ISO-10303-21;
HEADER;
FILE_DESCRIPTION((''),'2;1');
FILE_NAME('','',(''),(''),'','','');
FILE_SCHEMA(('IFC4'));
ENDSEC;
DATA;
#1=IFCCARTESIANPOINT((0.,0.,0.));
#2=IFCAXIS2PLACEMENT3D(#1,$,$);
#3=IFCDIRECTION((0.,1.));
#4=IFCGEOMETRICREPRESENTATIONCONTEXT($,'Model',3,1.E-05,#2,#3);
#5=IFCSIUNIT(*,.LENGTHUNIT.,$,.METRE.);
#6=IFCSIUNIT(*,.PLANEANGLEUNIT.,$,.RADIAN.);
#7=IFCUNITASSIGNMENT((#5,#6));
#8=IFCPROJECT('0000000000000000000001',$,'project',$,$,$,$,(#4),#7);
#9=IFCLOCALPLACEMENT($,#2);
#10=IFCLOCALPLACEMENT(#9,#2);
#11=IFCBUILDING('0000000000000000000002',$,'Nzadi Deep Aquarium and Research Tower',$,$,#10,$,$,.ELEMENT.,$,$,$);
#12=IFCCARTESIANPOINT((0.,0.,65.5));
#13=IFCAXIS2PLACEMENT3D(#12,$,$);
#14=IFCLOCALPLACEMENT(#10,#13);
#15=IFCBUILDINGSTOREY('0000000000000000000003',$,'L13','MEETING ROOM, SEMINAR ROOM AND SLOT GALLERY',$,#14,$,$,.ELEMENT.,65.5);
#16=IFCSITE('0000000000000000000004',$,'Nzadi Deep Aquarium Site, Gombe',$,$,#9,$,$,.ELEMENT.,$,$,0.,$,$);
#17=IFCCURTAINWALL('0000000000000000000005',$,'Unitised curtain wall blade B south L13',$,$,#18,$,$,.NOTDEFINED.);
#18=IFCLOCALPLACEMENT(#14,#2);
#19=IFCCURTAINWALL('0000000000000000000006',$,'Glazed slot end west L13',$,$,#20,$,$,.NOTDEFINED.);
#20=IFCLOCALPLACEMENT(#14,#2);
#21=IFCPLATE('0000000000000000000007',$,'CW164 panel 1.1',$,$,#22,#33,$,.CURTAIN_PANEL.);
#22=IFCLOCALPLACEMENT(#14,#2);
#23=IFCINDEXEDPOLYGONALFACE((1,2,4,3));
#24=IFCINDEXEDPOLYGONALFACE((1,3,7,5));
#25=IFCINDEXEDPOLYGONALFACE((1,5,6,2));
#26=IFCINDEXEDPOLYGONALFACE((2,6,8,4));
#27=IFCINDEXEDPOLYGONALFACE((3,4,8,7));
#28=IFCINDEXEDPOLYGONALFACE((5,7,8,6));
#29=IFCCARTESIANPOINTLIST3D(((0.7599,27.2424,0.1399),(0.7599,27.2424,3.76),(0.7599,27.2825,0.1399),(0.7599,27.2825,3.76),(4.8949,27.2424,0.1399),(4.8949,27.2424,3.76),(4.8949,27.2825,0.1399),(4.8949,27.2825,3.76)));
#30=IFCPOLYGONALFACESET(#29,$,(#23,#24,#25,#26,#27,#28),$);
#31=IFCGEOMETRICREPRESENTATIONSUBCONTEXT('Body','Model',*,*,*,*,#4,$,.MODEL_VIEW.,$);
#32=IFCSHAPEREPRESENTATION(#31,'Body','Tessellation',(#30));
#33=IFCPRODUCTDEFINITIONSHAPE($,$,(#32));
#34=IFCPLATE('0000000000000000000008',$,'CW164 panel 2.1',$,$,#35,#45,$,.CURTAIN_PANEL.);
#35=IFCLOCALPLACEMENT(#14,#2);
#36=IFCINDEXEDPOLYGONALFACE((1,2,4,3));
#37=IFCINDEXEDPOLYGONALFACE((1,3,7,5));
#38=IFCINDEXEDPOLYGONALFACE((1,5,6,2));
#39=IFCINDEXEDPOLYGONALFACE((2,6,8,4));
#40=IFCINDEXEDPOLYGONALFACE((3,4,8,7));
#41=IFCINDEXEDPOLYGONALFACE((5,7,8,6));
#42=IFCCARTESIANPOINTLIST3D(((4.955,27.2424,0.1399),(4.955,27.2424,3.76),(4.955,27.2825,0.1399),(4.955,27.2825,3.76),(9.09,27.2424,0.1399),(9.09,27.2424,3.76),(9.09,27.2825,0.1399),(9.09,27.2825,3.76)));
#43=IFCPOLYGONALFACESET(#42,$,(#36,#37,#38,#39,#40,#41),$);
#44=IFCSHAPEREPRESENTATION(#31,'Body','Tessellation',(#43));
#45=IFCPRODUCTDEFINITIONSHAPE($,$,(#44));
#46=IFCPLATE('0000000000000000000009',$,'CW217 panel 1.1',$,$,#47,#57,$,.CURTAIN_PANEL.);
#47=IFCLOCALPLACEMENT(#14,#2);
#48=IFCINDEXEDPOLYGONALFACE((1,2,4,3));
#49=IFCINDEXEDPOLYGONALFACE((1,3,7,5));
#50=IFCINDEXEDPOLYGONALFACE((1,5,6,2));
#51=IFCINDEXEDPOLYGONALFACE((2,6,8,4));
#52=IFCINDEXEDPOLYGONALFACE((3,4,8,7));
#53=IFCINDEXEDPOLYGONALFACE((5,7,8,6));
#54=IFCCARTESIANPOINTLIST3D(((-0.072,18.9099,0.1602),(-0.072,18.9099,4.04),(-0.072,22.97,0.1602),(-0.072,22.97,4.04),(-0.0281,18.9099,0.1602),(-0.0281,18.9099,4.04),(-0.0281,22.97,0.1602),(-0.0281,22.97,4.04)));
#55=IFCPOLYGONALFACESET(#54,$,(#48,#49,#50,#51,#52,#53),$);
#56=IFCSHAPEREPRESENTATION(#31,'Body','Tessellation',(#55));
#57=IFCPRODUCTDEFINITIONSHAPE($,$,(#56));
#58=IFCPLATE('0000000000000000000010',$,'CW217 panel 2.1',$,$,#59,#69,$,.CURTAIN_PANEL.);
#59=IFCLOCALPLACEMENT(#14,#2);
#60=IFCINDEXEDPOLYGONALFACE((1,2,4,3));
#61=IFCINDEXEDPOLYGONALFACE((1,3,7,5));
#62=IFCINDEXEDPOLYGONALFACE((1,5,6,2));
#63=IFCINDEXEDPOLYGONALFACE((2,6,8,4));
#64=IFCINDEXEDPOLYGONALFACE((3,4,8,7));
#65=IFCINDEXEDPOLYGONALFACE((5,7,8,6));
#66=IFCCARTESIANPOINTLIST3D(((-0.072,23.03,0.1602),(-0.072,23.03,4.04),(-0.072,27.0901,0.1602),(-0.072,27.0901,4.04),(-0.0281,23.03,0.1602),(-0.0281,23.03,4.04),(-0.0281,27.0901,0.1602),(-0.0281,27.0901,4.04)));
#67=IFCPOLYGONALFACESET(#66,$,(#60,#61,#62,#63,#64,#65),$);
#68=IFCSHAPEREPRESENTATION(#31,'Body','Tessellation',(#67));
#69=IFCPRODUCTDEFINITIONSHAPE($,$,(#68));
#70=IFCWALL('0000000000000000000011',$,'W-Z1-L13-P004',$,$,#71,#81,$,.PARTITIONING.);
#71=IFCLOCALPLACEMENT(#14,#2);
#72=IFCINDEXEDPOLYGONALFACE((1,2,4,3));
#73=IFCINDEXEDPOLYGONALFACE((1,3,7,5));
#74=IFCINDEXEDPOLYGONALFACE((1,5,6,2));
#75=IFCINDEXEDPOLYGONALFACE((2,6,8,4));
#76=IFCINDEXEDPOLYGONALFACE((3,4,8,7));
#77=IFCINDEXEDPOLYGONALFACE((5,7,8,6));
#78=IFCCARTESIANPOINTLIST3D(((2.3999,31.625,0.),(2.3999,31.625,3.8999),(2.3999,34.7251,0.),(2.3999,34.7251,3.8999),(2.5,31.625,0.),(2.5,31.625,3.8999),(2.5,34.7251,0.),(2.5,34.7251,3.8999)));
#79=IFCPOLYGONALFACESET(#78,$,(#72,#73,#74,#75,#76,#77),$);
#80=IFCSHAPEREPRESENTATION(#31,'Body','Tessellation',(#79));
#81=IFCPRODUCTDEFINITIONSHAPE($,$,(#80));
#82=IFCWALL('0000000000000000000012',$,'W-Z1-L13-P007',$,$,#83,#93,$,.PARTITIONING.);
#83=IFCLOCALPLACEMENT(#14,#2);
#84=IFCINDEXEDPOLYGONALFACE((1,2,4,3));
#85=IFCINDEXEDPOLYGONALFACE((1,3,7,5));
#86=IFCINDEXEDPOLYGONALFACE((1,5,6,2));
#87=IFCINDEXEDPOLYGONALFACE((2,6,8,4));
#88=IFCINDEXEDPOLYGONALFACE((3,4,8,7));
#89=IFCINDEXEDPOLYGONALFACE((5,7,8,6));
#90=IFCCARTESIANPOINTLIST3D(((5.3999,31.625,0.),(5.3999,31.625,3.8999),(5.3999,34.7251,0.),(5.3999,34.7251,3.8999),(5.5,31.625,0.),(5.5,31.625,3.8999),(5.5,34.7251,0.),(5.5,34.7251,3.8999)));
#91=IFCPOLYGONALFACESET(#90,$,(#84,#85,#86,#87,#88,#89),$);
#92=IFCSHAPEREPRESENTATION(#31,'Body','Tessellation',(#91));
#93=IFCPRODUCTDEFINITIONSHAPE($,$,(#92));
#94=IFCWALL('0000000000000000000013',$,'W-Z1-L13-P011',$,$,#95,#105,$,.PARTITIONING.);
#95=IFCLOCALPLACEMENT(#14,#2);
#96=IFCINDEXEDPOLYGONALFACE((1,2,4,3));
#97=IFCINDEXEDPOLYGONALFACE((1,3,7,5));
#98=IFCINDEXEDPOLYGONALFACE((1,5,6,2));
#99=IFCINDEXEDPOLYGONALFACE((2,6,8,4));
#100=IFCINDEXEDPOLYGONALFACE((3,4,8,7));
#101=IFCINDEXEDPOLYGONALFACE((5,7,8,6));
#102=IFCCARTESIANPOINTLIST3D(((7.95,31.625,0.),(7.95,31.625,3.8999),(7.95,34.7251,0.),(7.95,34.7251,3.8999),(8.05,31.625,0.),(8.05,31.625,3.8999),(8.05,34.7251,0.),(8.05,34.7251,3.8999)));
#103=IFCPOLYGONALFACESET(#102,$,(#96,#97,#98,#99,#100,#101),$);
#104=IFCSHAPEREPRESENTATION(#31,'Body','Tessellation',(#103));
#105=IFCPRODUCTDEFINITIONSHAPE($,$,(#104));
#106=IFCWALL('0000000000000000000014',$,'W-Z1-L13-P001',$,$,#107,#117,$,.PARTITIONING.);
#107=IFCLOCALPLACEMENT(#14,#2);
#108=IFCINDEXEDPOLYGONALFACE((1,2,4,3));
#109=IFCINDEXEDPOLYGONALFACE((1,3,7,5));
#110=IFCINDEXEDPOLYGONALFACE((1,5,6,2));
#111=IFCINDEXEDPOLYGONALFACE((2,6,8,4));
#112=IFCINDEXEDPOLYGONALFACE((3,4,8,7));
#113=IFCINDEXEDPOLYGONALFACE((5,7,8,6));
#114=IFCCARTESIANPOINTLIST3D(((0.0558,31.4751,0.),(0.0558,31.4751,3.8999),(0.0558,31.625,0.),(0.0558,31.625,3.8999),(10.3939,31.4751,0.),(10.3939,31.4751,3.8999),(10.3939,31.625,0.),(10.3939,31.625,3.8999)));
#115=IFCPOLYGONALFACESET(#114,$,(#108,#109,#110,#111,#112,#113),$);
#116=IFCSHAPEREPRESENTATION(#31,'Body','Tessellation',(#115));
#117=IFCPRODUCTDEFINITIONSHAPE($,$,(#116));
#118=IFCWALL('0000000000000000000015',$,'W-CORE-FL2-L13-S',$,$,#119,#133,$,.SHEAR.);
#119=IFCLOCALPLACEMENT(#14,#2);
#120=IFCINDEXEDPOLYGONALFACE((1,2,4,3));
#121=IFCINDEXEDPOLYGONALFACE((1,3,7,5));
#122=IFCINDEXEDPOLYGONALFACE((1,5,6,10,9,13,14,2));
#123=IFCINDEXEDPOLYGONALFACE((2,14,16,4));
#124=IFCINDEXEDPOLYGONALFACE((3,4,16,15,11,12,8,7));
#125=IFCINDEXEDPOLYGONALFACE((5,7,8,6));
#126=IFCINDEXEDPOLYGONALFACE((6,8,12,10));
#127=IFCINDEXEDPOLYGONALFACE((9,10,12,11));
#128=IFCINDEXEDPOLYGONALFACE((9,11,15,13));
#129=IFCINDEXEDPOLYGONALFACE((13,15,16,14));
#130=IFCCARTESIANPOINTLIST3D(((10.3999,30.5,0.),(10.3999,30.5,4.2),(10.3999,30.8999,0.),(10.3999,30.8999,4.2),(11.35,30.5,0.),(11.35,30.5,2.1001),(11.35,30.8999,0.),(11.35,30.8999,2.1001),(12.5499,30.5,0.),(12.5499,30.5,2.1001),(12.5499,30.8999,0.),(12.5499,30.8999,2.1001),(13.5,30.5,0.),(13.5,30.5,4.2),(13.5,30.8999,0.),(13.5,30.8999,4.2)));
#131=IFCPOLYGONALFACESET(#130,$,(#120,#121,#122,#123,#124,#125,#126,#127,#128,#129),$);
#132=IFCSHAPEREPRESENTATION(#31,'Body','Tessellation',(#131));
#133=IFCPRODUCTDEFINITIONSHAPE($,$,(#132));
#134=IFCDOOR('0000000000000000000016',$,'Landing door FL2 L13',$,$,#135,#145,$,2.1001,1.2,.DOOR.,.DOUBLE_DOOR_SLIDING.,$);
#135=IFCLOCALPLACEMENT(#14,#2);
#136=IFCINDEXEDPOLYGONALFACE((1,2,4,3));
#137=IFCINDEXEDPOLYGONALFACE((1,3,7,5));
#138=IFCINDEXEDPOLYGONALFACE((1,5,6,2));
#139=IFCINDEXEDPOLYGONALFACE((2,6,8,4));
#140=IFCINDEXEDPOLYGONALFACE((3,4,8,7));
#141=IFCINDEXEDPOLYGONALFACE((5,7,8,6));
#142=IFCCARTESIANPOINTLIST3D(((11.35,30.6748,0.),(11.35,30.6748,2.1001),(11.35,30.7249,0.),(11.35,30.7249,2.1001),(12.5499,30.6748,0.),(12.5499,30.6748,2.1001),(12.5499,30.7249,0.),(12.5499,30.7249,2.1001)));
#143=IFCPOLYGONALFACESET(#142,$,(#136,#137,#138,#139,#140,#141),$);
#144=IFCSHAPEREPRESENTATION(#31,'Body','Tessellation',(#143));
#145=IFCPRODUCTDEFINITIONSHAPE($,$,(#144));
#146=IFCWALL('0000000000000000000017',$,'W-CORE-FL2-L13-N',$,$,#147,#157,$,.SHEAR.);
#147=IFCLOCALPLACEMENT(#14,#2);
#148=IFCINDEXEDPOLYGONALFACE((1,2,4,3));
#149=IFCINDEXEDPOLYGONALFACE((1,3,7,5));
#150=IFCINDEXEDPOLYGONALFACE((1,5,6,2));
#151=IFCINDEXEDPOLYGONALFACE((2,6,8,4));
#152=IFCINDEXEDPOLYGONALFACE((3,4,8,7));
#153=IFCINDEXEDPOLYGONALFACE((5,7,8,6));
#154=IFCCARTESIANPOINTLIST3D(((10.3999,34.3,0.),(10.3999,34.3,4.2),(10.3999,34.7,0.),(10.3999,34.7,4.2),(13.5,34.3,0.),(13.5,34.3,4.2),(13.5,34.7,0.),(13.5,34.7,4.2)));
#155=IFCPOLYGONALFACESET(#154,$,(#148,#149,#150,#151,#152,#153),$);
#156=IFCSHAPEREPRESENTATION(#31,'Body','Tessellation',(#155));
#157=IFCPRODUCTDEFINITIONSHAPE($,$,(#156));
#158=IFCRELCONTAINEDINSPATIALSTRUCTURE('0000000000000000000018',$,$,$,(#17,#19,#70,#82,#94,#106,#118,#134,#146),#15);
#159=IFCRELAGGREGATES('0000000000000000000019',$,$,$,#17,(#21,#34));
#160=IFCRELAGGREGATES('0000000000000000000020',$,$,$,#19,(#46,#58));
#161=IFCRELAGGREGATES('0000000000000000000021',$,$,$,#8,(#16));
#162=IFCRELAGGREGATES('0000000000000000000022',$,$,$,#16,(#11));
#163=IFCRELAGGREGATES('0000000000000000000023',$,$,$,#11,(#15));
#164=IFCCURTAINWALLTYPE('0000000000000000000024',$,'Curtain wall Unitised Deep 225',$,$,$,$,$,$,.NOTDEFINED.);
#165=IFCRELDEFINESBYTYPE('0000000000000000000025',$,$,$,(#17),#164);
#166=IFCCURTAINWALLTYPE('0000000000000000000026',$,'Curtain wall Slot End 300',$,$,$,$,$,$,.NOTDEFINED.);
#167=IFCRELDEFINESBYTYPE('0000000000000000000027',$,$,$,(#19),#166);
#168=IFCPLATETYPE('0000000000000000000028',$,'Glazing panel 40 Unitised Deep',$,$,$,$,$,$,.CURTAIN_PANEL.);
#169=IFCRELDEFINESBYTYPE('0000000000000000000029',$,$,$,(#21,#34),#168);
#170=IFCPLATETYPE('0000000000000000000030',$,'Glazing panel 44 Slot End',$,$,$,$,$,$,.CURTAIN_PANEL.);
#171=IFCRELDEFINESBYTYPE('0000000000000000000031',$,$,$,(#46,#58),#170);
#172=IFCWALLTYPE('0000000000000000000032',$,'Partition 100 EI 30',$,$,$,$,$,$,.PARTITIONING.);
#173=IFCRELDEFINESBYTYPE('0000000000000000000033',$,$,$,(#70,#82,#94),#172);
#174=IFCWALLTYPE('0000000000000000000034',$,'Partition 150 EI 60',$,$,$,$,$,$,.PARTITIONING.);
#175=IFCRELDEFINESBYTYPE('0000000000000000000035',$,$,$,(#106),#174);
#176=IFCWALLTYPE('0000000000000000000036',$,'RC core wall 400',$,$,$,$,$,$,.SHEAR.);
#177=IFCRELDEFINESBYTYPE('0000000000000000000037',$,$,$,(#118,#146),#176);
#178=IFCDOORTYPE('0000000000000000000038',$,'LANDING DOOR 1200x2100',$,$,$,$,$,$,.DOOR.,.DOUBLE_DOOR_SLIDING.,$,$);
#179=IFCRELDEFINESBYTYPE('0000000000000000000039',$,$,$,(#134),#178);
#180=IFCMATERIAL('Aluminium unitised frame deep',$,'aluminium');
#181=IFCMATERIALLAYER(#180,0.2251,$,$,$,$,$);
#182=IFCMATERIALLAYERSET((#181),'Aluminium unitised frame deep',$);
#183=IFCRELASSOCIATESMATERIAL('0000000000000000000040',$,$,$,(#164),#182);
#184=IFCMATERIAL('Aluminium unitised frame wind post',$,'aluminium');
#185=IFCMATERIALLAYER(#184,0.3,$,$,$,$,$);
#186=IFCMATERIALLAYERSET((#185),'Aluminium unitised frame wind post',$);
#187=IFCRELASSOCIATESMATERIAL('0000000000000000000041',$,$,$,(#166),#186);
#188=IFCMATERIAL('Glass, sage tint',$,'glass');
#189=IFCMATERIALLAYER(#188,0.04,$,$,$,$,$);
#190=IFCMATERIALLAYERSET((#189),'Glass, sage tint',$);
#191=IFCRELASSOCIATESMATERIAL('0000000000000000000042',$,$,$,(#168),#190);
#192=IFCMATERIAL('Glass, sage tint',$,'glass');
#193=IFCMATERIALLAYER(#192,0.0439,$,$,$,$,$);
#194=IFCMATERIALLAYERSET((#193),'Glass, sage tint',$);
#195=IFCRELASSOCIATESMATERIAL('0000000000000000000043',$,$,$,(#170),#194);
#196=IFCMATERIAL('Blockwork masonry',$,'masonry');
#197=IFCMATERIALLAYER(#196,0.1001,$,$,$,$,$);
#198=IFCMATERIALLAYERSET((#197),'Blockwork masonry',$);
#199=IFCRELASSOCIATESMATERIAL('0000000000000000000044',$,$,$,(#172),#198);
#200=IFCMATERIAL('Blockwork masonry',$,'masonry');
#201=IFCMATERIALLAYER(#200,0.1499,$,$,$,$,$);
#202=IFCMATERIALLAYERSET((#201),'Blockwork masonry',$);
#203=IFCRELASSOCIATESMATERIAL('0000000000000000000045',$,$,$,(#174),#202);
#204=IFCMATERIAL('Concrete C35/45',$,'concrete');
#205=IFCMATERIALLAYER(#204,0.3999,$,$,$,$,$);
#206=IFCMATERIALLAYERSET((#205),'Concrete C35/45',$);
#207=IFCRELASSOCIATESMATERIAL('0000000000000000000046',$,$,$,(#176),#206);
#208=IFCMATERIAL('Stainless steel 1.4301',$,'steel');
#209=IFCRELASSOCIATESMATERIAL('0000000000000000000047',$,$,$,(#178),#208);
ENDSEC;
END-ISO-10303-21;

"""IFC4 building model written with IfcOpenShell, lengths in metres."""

from ifc_helpers import new_model, si_unit, direction, frame, frame_2d, origin, origin_2d, place, context, subcontext, project, spatial, rectangle, extrude, material, layer, layer_set, type_object, element, fill, aggregate, save


model = new_model("IFC4")

# Units and contexts
model_context = context("Model", 3, precision=1e-05, world=origin(), true_north=direction((0.0, 1.0)))
body_context = subcontext(model_context, "Body", "Model", "MODEL_VIEW")
ifc_project = project(units=[si_unit("LENGTHUNIT", "METRE"), si_unit("PLANEANGLEUNIT", "RADIAN")], contexts=[model_context])

# Site, building, storey
site_placement = place(None, origin())
site = spatial("IfcSite", under=ifc_project, at=site_placement, Name="Nzadi Deep Aquarium Site, Gombe", CompositionType="ELEMENT", RefElevation=0.0)
building_placement = place(site_placement, origin())
building = spatial("IfcBuilding", under=site, at=building_placement, Name="Nzadi Deep Aquarium and Research Tower", CompositionType="ELEMENT")
storey_placement = place(building_placement, frame((0.0, 0.0, 65.5)))
storey = spatial("IfcBuildingStorey", under=building, at=storey_placement, Name="L13", Description="MEETING ROOM, SEMINAR ROOM AND SLOT GALLERY", CompositionType="ELEMENT", Elevation=65.5)

# Curtain wall
ifc_material_1 = material(Name="Aluminium unitised frame deep", Category="aluminium")
ifc_layer_1 = layer(ifc_material_1, 0.2251)
ifc_layer_set_1 = layer_set([ifc_layer_1], Name="Aluminium unitised frame deep")
curtain_wall_type_1 = type_object("IfcCurtainWallType", Name="Curtain wall Unitised Deep 225", PredefinedType="NOTDEFINED", material=ifc_layer_set_1)
curtain_wall_1_placement = place(storey_placement, origin())
curtain_wall_1 = element("IfcCurtainWall", 1, at=curtain_wall_1_placement, inside=storey, type_object=curtain_wall_type_1, Name="Unitised curtain wall blade B south L13", PredefinedType="NOTDEFINED")

# Curtain wall
ifc_material_2 = material(Name="Aluminium unitised frame wind post", Category="aluminium")
ifc_layer_2 = layer(ifc_material_2, 0.3)
ifc_layer_set_2 = layer_set([ifc_layer_2], Name="Aluminium unitised frame wind post")
curtain_wall_type_2 = type_object("IfcCurtainWallType", Name="Curtain wall Slot End 300", PredefinedType="NOTDEFINED", material=ifc_layer_set_2)
curtain_wall_2_placement = place(storey_placement, origin())
curtain_wall_2 = element("IfcCurtainWall", 2, at=curtain_wall_2_placement, inside=storey, type_object=curtain_wall_type_2, Name="Glazed slot end west L13", PredefinedType="NOTDEFINED")

# Plates
ifc_material_3 = material(Name="Glass, sage tint", Category="glass")
ifc_layer_3 = layer(ifc_material_3, 0.04)
ifc_layer_set_3 = layer_set([ifc_layer_3], Name="Glass, sage tint")
plate_type_1 = type_object("IfcPlateType", Name="Glazing panel 40 Unitised Deep", PredefinedType="CURTAIN_PANEL", material=ifc_layer_set_3)
plate_1_placement = place(storey_placement, frame((2.8274, 27.2625, 0.1399), z_axis=(0.0, 0.0, 1.0), x_axis=(1.0, 0.0, 0.0)))
plate_1 = element("IfcPlate", 3, at=plate_1_placement, type_object=plate_type_1, Name="CW164 panel 1.1", PredefinedType="CURTAIN_PANEL", context=body_context, shape_type="SweptSolid", body=[
    extrude(rectangle(XDim=4.135, YDim=0.04, at=origin_2d()), origin(), (0.0, 0.0, 1.0), 3.6201),
])
plate_2_placement = place(storey_placement, frame((7.0225, 27.2625, 0.1399), z_axis=(0.0, 0.0, 1.0), x_axis=(1.0, 0.0, 0.0)))
plate_2 = element("IfcPlate", 4, at=plate_2_placement, type_object=plate_type_1, Name="CW164 panel 2.1", PredefinedType="CURTAIN_PANEL", context=body_context, shape_type="SweptSolid", body=[
    extrude(rectangle(XDim=4.135, YDim=0.04, at=origin_2d()), origin(), (0.0, 0.0, 1.0), 3.6201),
])
aggregate(curtain_wall_1, [plate_1, plate_2])
ifc_material_4 = material(Name="Glass, sage tint", Category="glass")
ifc_layer_4 = layer(ifc_material_4, 0.0439)
ifc_layer_set_4 = layer_set([ifc_layer_4], Name="Glass, sage tint")
plate_type_2 = type_object("IfcPlateType", Name="Glazing panel 44 Slot End", PredefinedType="CURTAIN_PANEL", material=ifc_layer_set_4)
plate_3_placement = place(storey_placement, frame((-0.05, 20.9399, 0.1602), z_axis=(0.0, 0.0, 1.0), x_axis=(0.0, 1.0, 0.0)))
plate_3 = element("IfcPlate", 5, at=plate_3_placement, type_object=plate_type_2, Name="CW217 panel 1.1", PredefinedType="CURTAIN_PANEL", context=body_context, shape_type="SweptSolid", body=[
    extrude(rectangle(XDim=4.0601, YDim=0.0439, at=origin_2d()), origin(), (0.0, 0.0, 1.0), 3.8799),
])
plate_4_placement = place(storey_placement, frame((-0.05, 25.0601, 0.1602), z_axis=(0.0, 0.0, 1.0), x_axis=(0.0, 1.0, 0.0)))
plate_4 = element("IfcPlate", 6, at=plate_4_placement, type_object=plate_type_2, Name="CW217 panel 2.1", PredefinedType="CURTAIN_PANEL", context=body_context, shape_type="SweptSolid", body=[
    extrude(rectangle(XDim=4.0601, YDim=0.0439, at=origin_2d()), origin(), (0.0, 0.0, 1.0), 3.8799),
])
aggregate(curtain_wall_2, [plate_3, plate_4])

# Walls
ifc_material_5 = material(Name="Blockwork masonry", Category="masonry")
ifc_layer_5 = layer(ifc_material_5, 0.1001)
ifc_layer_set_5 = layer_set([ifc_layer_5], Name="Blockwork masonry")
wall_type_1 = type_object("IfcWallType", Name="Partition 100 EI 30", PredefinedType="PARTITIONING", material=ifc_layer_set_5)
for number, where, z_axis, x_axis, name in (
    (7, (2.45, 31.625, 0.0), (0.0, 0.0, 1.0), (0.0, 1.0, 0.0), "W-Z1-L13-P004"),
    (8, (5.45, 31.625, 0.0), (0.0, 0.0, 1.0), (0.0, 1.0, 0.0), "W-Z1-L13-P007"),
    (9, (8.0, 31.625, 0.0), (0.0, 0.0, 1.0), (0.0, 1.0, 0.0), "W-Z1-L13-P011"),
):
    element("IfcWall", number, at=place(storey_placement, frame(where, z_axis=z_axis, x_axis=x_axis)), inside=storey, type_object=wall_type_1, Name=name, PredefinedType="PARTITIONING", context=body_context, shape_type="SweptSolid", body=[
        extrude(rectangle(XDim=3.1001, YDim=0.1001, at=frame_2d((1.55, 0.0))), origin(), (0.0, 0.0, 1.0), 3.8999),
    ])
ifc_material_6 = material(Name="Blockwork masonry", Category="masonry")
ifc_layer_6 = layer(ifc_material_6, 0.1499)
ifc_layer_set_6 = layer_set([ifc_layer_6], Name="Blockwork masonry")
wall_type_2 = type_object("IfcWallType", Name="Partition 150 EI 60", PredefinedType="PARTITIONING", material=ifc_layer_set_6)
wall_1_placement = place(storey_placement, frame((0.0559, 31.55, 0.0), z_axis=(0.0, 0.0, 1.0), x_axis=(1.0, 0.0, 0.0)))
element("IfcWall", 10, at=wall_1_placement, inside=storey, type_object=wall_type_2, Name="W-Z1-L13-P001", PredefinedType="PARTITIONING", context=body_context, shape_type="SweptSolid", body=[
    extrude(rectangle(XDim=10.3381, YDim=0.1499, at=frame_2d((5.1689, 0.0))), origin(), (0.0, 0.0, 1.0), 3.8999),
])

# Wall, opening, door
ifc_material_7 = material(Name="Concrete C35/45", Category="concrete")
ifc_layer_7 = layer(ifc_material_7, 0.3999)
ifc_layer_set_7 = layer_set([ifc_layer_7], Name="Concrete C35/45")
wall_type_3 = type_object("IfcWallType", Name="RC core wall 400", PredefinedType="SHEAR", material=ifc_layer_set_7)
wall_2_placement = place(storey_placement, frame((10.3999, 30.7, 0.0), z_axis=(0.0, 0.0, 1.0), x_axis=(1.0, 0.0, 0.0)))
wall_2 = element("IfcWall", 11, at=wall_2_placement, inside=storey, type_object=wall_type_3, Name="W-CORE-FL2-L13-S", PredefinedType="SHEAR", context=body_context, shape_type="SweptSolid", body=[
    extrude(rectangle(XDim=3.1001, YDim=0.3999, at=frame_2d((1.55, 0.0))), origin(), (0.0, 0.0, 1.0), 4.2),
])
opening_placement = place(wall_2_placement, frame((0.95, 0.0, 0.0)))
opening = element("IfcOpeningElement", 12, at=opening_placement, cuts=wall_2, PredefinedType="OPENING", context=body_context, shape_type="SweptSolid", body=[
    extrude(rectangle(XDim=1.2, YDim=2.1001, at=frame_2d((0.6001, 1.05))), frame((0.0, 0.21, 0.0), z_axis=(0.0, -1.0, 0.0), x_axis=(1.0, 0.0, 0.0)), (0.0, 0.0, 1.0), 0.4199),
])
ifc_material_8 = material(Name="Stainless steel 1.4301", Category="steel")
door_type = type_object("IfcDoorType", Name="LANDING DOOR 1200x2100", OperationType="DOUBLE_DOOR_SLIDING", PredefinedType="DOOR", material=ifc_material_8)
door_placement = place(opening_placement, origin())
door = element("IfcDoor", 13, at=door_placement, inside=storey, type_object=door_type, Name="Landing door FL2 L13", OperationType="DOUBLE_DOOR_SLIDING", OverallHeight=2.1001, OverallWidth=1.2, PredefinedType="DOOR", context=body_context, shape_type="SweptSolid", body=[
    extrude(rectangle(XDim=1.2, YDim=2.1001, at=frame_2d((0.6001, 1.05))), frame((0.0, 0.0249, 0.0), z_axis=(0.0, -1.0, 0.0), x_axis=(1.0, 0.0, 0.0)), (0.0, 0.0, 1.0), 0.05),
])
fill(opening, door)

# Wall
wall_3_placement = place(storey_placement, frame((10.3999, 34.5, 0.0), z_axis=(0.0, 0.0, 1.0), x_axis=(1.0, 0.0, 0.0)))
element("IfcWall", 14, at=wall_3_placement, inside=storey, type_object=wall_type_3, Name="W-CORE-FL2-L13-N", PredefinedType="SHEAR", context=body_context, shape_type="SweptSolid", body=[
    extrude(rectangle(XDim=3.1001, YDim=0.3999, at=frame_2d((1.55, 0.0))), origin(), (0.0, 0.0, 1.0), 4.2),
])

save(model, "model.ifc")
